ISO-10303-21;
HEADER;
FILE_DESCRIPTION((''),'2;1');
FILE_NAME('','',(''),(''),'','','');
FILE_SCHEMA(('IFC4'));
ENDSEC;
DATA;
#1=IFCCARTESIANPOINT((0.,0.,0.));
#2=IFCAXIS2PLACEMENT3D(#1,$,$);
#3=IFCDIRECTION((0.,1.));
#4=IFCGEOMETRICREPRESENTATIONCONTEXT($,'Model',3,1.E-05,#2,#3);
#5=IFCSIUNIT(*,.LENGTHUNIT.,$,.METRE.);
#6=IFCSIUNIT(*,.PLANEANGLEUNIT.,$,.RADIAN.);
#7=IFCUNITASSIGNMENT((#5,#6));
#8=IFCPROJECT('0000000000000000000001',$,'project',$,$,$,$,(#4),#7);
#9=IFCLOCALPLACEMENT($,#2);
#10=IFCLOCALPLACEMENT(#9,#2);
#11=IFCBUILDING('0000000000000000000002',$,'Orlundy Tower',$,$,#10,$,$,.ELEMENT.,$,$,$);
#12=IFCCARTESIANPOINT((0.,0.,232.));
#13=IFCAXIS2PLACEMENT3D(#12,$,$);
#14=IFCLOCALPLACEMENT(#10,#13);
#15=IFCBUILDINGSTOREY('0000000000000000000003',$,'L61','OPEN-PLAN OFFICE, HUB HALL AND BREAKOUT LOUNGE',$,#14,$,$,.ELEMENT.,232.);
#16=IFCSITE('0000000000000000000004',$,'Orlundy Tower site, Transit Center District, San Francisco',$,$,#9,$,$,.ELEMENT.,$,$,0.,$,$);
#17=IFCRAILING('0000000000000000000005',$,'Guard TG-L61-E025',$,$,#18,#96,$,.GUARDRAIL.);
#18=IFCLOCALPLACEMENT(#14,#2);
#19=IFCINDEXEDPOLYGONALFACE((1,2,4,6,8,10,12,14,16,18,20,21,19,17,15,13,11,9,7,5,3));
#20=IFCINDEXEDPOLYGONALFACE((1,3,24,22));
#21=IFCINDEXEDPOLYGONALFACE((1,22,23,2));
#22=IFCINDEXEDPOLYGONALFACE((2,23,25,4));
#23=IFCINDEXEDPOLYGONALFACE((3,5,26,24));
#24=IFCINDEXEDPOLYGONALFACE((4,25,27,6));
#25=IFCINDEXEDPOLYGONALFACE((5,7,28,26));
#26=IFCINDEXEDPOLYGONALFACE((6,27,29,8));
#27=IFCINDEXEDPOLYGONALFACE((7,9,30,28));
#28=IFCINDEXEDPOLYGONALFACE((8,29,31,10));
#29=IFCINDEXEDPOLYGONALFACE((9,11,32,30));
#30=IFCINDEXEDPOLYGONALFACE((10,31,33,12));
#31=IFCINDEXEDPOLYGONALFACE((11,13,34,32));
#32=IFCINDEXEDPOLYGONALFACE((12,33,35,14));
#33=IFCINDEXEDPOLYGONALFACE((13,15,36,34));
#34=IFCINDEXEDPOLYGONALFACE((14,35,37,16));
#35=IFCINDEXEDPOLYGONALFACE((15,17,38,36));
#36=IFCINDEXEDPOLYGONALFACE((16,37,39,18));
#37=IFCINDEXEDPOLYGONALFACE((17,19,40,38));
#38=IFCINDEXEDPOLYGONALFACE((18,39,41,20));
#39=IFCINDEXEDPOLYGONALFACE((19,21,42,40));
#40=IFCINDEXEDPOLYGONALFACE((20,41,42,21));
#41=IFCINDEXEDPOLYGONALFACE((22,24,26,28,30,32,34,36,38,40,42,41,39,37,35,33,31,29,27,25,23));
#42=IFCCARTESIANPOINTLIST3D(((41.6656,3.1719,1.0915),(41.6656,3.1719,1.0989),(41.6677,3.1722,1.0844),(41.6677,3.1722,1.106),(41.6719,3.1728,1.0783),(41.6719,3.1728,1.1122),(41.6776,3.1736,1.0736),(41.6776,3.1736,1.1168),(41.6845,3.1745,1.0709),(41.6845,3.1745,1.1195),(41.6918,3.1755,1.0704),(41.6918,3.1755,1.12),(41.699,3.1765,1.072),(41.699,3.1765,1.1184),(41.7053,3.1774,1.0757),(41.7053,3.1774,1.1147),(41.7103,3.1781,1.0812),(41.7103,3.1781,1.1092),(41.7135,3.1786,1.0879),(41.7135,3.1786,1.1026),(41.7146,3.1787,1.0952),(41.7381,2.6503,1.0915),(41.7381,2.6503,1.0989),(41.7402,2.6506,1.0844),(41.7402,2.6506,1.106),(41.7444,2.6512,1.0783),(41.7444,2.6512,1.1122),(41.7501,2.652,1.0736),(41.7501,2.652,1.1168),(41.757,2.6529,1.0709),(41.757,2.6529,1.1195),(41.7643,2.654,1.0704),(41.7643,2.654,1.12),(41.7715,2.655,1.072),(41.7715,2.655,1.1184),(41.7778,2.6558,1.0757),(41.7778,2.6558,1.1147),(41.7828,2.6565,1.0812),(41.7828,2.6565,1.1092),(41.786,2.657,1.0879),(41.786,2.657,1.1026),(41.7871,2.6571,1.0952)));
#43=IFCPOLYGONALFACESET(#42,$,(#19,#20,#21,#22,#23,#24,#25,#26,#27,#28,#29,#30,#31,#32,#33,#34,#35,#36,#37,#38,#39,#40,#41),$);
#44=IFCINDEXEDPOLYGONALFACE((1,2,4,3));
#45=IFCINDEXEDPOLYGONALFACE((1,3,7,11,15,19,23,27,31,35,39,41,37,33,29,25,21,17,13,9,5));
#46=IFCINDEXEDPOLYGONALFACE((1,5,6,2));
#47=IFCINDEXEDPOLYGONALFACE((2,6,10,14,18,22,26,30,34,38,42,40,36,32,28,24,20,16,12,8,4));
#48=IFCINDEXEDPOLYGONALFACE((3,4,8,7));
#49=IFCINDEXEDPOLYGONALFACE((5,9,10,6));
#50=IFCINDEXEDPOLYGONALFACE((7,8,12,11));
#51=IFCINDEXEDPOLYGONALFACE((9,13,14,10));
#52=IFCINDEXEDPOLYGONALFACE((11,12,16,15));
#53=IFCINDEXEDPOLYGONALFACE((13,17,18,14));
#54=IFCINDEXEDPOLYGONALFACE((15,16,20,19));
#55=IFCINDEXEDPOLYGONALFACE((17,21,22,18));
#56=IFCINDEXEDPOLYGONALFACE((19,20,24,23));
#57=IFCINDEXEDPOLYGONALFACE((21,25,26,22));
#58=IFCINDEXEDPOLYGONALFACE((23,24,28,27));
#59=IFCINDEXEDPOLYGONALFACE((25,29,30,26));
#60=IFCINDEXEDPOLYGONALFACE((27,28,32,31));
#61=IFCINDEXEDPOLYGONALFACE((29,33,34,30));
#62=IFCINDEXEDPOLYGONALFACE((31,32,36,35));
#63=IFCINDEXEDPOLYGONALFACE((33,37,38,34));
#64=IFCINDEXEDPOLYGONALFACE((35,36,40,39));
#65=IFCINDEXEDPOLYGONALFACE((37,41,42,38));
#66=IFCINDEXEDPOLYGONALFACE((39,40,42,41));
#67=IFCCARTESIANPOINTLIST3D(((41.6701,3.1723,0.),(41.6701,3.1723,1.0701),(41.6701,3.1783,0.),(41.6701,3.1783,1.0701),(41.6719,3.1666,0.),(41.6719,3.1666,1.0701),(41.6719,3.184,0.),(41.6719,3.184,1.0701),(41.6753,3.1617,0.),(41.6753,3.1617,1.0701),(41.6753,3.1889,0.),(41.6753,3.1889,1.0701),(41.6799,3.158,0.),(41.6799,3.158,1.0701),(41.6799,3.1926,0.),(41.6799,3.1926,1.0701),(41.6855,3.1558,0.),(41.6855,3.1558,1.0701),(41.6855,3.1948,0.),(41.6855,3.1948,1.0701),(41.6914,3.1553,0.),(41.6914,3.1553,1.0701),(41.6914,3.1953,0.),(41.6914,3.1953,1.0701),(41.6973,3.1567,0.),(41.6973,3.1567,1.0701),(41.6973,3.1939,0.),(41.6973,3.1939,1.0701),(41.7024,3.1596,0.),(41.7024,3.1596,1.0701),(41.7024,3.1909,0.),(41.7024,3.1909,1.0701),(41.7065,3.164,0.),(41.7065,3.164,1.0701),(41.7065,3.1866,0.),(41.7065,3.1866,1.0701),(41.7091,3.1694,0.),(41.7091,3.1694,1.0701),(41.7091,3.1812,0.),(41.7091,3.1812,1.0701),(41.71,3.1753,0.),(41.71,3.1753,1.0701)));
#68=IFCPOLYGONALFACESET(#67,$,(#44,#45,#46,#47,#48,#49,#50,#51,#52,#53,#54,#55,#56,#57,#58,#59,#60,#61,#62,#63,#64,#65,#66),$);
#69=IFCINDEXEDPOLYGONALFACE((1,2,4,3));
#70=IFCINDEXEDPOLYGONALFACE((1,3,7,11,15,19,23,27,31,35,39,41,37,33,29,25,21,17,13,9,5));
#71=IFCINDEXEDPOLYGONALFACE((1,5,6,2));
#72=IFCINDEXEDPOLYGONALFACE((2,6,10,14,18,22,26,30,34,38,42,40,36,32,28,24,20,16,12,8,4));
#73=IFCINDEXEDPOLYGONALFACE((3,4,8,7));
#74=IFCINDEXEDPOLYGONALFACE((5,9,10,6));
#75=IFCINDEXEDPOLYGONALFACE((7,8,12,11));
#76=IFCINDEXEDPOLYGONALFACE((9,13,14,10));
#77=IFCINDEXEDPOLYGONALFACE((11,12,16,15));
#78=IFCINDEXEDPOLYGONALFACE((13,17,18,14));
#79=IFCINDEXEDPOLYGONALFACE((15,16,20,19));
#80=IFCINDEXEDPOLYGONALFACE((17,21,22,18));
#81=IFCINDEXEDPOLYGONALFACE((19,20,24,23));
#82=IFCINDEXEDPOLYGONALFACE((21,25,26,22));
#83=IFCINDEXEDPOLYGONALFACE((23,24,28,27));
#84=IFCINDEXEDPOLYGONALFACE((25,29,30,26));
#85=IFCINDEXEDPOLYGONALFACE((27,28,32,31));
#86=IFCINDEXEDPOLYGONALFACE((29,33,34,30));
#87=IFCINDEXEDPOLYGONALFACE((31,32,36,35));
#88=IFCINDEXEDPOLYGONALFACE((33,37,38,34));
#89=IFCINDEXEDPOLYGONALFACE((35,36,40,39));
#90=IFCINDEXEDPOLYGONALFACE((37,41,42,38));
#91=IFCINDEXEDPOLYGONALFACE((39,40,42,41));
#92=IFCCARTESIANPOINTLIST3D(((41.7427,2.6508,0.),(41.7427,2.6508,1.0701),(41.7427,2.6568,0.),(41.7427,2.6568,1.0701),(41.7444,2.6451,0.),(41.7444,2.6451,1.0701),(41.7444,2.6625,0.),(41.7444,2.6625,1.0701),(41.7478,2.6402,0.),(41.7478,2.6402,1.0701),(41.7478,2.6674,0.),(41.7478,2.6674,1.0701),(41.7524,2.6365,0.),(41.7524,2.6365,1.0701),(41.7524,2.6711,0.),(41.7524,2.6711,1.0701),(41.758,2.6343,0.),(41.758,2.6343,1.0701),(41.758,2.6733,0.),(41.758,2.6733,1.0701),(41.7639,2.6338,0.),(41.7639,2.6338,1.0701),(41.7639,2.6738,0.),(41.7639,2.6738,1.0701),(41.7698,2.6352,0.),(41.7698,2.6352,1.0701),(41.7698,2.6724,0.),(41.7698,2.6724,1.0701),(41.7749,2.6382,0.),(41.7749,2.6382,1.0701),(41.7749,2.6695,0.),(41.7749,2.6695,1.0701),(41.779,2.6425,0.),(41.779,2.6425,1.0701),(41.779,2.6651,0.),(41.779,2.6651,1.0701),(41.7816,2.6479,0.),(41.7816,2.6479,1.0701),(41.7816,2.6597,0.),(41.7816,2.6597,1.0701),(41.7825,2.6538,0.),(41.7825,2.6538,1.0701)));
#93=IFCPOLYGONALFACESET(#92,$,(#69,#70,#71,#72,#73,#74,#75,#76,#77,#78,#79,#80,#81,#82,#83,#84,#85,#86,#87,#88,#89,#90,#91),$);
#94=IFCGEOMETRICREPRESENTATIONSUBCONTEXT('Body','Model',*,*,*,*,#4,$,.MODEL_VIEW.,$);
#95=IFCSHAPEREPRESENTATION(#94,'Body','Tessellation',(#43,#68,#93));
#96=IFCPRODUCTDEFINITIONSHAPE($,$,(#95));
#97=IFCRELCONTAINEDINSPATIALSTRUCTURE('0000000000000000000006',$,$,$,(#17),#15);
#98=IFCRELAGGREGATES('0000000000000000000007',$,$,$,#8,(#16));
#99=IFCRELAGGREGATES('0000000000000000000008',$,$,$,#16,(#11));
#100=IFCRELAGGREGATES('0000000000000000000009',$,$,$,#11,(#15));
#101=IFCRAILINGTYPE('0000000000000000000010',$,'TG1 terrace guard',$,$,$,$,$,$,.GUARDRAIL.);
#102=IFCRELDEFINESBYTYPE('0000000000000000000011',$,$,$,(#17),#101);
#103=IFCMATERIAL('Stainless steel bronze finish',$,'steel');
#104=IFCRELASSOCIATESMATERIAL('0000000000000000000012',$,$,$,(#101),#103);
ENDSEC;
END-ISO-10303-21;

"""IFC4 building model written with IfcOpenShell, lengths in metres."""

from ifc_helpers import new_model, si_unit, direction, frame, origin, origin_2d, place, context, subcontext, project, spatial, circle, extrude, material, type_object, element, save


model = new_model("IFC4")

# Units and contexts
model_context = context("Model", 3, precision=1e-05, world=origin(), true_north=direction((0.0, 1.0)))
body_context = subcontext(model_context, "Body", "Model", "MODEL_VIEW")
ifc_project = project(units=[si_unit("LENGTHUNIT", "METRE"), si_unit("PLANEANGLEUNIT", "RADIAN")], contexts=[model_context])

# Site, building, storey
site_placement = place(None, origin())
site = spatial("IfcSite", under=ifc_project, at=site_placement, Name="Orlundy Tower site, Transit Center District, San Francisco", CompositionType="ELEMENT", RefElevation=0.0)
building_placement = place(site_placement, origin())
building = spatial("IfcBuilding", under=site, at=building_placement, Name="Orlundy Tower", CompositionType="ELEMENT")
storey_placement = place(building_placement, frame((0.0, 0.0, 232.0)))
storey = spatial("IfcBuildingStorey", under=building, at=storey_placement, Name="L61", Description="OPEN-PLAN OFFICE, HUB HALL AND BREAKOUT LOUNGE", CompositionType="ELEMENT", Elevation=232.0)

# Railing
ifc_material_1 = material(Name="Stainless steel bronze finish", Category="steel")
railing_type = type_object("IfcRailingType", Name="TG1 terrace guard", PredefinedType="GUARDRAIL", material=ifc_material_1)
railing_1_placement = place(storey_placement, frame((41.6899, 3.1753, 0.0)))
element("IfcRailing", 1, at=railing_1_placement, inside=storey, type_object=railing_type, Name="Guard TG-L61-E025", PredefinedType="GUARDRAIL", context=body_context, shape_type="SweptSolid", body=[
    extrude(circle(Radius=0.0249, at=origin_2d()), frame((0.0, 0.0, 1.0952), z_axis=(0.13772, -0.990471, 0.0), x_axis=(0.990471, 0.13772, 0.0)), (0.0, 0.0, 1.0), 0.5266),
    extrude(circle(Radius=0.02, at=origin_2d()), origin(), (0.0, 0.0, 1.0), 1.0701),
    extrude(circle(Radius=0.02, at=origin_2d()), frame((0.0725, -0.5215, 0.0)), (0.0, 0.0, 1.0), 1.0701),
])

save(model, "model.ifc")
